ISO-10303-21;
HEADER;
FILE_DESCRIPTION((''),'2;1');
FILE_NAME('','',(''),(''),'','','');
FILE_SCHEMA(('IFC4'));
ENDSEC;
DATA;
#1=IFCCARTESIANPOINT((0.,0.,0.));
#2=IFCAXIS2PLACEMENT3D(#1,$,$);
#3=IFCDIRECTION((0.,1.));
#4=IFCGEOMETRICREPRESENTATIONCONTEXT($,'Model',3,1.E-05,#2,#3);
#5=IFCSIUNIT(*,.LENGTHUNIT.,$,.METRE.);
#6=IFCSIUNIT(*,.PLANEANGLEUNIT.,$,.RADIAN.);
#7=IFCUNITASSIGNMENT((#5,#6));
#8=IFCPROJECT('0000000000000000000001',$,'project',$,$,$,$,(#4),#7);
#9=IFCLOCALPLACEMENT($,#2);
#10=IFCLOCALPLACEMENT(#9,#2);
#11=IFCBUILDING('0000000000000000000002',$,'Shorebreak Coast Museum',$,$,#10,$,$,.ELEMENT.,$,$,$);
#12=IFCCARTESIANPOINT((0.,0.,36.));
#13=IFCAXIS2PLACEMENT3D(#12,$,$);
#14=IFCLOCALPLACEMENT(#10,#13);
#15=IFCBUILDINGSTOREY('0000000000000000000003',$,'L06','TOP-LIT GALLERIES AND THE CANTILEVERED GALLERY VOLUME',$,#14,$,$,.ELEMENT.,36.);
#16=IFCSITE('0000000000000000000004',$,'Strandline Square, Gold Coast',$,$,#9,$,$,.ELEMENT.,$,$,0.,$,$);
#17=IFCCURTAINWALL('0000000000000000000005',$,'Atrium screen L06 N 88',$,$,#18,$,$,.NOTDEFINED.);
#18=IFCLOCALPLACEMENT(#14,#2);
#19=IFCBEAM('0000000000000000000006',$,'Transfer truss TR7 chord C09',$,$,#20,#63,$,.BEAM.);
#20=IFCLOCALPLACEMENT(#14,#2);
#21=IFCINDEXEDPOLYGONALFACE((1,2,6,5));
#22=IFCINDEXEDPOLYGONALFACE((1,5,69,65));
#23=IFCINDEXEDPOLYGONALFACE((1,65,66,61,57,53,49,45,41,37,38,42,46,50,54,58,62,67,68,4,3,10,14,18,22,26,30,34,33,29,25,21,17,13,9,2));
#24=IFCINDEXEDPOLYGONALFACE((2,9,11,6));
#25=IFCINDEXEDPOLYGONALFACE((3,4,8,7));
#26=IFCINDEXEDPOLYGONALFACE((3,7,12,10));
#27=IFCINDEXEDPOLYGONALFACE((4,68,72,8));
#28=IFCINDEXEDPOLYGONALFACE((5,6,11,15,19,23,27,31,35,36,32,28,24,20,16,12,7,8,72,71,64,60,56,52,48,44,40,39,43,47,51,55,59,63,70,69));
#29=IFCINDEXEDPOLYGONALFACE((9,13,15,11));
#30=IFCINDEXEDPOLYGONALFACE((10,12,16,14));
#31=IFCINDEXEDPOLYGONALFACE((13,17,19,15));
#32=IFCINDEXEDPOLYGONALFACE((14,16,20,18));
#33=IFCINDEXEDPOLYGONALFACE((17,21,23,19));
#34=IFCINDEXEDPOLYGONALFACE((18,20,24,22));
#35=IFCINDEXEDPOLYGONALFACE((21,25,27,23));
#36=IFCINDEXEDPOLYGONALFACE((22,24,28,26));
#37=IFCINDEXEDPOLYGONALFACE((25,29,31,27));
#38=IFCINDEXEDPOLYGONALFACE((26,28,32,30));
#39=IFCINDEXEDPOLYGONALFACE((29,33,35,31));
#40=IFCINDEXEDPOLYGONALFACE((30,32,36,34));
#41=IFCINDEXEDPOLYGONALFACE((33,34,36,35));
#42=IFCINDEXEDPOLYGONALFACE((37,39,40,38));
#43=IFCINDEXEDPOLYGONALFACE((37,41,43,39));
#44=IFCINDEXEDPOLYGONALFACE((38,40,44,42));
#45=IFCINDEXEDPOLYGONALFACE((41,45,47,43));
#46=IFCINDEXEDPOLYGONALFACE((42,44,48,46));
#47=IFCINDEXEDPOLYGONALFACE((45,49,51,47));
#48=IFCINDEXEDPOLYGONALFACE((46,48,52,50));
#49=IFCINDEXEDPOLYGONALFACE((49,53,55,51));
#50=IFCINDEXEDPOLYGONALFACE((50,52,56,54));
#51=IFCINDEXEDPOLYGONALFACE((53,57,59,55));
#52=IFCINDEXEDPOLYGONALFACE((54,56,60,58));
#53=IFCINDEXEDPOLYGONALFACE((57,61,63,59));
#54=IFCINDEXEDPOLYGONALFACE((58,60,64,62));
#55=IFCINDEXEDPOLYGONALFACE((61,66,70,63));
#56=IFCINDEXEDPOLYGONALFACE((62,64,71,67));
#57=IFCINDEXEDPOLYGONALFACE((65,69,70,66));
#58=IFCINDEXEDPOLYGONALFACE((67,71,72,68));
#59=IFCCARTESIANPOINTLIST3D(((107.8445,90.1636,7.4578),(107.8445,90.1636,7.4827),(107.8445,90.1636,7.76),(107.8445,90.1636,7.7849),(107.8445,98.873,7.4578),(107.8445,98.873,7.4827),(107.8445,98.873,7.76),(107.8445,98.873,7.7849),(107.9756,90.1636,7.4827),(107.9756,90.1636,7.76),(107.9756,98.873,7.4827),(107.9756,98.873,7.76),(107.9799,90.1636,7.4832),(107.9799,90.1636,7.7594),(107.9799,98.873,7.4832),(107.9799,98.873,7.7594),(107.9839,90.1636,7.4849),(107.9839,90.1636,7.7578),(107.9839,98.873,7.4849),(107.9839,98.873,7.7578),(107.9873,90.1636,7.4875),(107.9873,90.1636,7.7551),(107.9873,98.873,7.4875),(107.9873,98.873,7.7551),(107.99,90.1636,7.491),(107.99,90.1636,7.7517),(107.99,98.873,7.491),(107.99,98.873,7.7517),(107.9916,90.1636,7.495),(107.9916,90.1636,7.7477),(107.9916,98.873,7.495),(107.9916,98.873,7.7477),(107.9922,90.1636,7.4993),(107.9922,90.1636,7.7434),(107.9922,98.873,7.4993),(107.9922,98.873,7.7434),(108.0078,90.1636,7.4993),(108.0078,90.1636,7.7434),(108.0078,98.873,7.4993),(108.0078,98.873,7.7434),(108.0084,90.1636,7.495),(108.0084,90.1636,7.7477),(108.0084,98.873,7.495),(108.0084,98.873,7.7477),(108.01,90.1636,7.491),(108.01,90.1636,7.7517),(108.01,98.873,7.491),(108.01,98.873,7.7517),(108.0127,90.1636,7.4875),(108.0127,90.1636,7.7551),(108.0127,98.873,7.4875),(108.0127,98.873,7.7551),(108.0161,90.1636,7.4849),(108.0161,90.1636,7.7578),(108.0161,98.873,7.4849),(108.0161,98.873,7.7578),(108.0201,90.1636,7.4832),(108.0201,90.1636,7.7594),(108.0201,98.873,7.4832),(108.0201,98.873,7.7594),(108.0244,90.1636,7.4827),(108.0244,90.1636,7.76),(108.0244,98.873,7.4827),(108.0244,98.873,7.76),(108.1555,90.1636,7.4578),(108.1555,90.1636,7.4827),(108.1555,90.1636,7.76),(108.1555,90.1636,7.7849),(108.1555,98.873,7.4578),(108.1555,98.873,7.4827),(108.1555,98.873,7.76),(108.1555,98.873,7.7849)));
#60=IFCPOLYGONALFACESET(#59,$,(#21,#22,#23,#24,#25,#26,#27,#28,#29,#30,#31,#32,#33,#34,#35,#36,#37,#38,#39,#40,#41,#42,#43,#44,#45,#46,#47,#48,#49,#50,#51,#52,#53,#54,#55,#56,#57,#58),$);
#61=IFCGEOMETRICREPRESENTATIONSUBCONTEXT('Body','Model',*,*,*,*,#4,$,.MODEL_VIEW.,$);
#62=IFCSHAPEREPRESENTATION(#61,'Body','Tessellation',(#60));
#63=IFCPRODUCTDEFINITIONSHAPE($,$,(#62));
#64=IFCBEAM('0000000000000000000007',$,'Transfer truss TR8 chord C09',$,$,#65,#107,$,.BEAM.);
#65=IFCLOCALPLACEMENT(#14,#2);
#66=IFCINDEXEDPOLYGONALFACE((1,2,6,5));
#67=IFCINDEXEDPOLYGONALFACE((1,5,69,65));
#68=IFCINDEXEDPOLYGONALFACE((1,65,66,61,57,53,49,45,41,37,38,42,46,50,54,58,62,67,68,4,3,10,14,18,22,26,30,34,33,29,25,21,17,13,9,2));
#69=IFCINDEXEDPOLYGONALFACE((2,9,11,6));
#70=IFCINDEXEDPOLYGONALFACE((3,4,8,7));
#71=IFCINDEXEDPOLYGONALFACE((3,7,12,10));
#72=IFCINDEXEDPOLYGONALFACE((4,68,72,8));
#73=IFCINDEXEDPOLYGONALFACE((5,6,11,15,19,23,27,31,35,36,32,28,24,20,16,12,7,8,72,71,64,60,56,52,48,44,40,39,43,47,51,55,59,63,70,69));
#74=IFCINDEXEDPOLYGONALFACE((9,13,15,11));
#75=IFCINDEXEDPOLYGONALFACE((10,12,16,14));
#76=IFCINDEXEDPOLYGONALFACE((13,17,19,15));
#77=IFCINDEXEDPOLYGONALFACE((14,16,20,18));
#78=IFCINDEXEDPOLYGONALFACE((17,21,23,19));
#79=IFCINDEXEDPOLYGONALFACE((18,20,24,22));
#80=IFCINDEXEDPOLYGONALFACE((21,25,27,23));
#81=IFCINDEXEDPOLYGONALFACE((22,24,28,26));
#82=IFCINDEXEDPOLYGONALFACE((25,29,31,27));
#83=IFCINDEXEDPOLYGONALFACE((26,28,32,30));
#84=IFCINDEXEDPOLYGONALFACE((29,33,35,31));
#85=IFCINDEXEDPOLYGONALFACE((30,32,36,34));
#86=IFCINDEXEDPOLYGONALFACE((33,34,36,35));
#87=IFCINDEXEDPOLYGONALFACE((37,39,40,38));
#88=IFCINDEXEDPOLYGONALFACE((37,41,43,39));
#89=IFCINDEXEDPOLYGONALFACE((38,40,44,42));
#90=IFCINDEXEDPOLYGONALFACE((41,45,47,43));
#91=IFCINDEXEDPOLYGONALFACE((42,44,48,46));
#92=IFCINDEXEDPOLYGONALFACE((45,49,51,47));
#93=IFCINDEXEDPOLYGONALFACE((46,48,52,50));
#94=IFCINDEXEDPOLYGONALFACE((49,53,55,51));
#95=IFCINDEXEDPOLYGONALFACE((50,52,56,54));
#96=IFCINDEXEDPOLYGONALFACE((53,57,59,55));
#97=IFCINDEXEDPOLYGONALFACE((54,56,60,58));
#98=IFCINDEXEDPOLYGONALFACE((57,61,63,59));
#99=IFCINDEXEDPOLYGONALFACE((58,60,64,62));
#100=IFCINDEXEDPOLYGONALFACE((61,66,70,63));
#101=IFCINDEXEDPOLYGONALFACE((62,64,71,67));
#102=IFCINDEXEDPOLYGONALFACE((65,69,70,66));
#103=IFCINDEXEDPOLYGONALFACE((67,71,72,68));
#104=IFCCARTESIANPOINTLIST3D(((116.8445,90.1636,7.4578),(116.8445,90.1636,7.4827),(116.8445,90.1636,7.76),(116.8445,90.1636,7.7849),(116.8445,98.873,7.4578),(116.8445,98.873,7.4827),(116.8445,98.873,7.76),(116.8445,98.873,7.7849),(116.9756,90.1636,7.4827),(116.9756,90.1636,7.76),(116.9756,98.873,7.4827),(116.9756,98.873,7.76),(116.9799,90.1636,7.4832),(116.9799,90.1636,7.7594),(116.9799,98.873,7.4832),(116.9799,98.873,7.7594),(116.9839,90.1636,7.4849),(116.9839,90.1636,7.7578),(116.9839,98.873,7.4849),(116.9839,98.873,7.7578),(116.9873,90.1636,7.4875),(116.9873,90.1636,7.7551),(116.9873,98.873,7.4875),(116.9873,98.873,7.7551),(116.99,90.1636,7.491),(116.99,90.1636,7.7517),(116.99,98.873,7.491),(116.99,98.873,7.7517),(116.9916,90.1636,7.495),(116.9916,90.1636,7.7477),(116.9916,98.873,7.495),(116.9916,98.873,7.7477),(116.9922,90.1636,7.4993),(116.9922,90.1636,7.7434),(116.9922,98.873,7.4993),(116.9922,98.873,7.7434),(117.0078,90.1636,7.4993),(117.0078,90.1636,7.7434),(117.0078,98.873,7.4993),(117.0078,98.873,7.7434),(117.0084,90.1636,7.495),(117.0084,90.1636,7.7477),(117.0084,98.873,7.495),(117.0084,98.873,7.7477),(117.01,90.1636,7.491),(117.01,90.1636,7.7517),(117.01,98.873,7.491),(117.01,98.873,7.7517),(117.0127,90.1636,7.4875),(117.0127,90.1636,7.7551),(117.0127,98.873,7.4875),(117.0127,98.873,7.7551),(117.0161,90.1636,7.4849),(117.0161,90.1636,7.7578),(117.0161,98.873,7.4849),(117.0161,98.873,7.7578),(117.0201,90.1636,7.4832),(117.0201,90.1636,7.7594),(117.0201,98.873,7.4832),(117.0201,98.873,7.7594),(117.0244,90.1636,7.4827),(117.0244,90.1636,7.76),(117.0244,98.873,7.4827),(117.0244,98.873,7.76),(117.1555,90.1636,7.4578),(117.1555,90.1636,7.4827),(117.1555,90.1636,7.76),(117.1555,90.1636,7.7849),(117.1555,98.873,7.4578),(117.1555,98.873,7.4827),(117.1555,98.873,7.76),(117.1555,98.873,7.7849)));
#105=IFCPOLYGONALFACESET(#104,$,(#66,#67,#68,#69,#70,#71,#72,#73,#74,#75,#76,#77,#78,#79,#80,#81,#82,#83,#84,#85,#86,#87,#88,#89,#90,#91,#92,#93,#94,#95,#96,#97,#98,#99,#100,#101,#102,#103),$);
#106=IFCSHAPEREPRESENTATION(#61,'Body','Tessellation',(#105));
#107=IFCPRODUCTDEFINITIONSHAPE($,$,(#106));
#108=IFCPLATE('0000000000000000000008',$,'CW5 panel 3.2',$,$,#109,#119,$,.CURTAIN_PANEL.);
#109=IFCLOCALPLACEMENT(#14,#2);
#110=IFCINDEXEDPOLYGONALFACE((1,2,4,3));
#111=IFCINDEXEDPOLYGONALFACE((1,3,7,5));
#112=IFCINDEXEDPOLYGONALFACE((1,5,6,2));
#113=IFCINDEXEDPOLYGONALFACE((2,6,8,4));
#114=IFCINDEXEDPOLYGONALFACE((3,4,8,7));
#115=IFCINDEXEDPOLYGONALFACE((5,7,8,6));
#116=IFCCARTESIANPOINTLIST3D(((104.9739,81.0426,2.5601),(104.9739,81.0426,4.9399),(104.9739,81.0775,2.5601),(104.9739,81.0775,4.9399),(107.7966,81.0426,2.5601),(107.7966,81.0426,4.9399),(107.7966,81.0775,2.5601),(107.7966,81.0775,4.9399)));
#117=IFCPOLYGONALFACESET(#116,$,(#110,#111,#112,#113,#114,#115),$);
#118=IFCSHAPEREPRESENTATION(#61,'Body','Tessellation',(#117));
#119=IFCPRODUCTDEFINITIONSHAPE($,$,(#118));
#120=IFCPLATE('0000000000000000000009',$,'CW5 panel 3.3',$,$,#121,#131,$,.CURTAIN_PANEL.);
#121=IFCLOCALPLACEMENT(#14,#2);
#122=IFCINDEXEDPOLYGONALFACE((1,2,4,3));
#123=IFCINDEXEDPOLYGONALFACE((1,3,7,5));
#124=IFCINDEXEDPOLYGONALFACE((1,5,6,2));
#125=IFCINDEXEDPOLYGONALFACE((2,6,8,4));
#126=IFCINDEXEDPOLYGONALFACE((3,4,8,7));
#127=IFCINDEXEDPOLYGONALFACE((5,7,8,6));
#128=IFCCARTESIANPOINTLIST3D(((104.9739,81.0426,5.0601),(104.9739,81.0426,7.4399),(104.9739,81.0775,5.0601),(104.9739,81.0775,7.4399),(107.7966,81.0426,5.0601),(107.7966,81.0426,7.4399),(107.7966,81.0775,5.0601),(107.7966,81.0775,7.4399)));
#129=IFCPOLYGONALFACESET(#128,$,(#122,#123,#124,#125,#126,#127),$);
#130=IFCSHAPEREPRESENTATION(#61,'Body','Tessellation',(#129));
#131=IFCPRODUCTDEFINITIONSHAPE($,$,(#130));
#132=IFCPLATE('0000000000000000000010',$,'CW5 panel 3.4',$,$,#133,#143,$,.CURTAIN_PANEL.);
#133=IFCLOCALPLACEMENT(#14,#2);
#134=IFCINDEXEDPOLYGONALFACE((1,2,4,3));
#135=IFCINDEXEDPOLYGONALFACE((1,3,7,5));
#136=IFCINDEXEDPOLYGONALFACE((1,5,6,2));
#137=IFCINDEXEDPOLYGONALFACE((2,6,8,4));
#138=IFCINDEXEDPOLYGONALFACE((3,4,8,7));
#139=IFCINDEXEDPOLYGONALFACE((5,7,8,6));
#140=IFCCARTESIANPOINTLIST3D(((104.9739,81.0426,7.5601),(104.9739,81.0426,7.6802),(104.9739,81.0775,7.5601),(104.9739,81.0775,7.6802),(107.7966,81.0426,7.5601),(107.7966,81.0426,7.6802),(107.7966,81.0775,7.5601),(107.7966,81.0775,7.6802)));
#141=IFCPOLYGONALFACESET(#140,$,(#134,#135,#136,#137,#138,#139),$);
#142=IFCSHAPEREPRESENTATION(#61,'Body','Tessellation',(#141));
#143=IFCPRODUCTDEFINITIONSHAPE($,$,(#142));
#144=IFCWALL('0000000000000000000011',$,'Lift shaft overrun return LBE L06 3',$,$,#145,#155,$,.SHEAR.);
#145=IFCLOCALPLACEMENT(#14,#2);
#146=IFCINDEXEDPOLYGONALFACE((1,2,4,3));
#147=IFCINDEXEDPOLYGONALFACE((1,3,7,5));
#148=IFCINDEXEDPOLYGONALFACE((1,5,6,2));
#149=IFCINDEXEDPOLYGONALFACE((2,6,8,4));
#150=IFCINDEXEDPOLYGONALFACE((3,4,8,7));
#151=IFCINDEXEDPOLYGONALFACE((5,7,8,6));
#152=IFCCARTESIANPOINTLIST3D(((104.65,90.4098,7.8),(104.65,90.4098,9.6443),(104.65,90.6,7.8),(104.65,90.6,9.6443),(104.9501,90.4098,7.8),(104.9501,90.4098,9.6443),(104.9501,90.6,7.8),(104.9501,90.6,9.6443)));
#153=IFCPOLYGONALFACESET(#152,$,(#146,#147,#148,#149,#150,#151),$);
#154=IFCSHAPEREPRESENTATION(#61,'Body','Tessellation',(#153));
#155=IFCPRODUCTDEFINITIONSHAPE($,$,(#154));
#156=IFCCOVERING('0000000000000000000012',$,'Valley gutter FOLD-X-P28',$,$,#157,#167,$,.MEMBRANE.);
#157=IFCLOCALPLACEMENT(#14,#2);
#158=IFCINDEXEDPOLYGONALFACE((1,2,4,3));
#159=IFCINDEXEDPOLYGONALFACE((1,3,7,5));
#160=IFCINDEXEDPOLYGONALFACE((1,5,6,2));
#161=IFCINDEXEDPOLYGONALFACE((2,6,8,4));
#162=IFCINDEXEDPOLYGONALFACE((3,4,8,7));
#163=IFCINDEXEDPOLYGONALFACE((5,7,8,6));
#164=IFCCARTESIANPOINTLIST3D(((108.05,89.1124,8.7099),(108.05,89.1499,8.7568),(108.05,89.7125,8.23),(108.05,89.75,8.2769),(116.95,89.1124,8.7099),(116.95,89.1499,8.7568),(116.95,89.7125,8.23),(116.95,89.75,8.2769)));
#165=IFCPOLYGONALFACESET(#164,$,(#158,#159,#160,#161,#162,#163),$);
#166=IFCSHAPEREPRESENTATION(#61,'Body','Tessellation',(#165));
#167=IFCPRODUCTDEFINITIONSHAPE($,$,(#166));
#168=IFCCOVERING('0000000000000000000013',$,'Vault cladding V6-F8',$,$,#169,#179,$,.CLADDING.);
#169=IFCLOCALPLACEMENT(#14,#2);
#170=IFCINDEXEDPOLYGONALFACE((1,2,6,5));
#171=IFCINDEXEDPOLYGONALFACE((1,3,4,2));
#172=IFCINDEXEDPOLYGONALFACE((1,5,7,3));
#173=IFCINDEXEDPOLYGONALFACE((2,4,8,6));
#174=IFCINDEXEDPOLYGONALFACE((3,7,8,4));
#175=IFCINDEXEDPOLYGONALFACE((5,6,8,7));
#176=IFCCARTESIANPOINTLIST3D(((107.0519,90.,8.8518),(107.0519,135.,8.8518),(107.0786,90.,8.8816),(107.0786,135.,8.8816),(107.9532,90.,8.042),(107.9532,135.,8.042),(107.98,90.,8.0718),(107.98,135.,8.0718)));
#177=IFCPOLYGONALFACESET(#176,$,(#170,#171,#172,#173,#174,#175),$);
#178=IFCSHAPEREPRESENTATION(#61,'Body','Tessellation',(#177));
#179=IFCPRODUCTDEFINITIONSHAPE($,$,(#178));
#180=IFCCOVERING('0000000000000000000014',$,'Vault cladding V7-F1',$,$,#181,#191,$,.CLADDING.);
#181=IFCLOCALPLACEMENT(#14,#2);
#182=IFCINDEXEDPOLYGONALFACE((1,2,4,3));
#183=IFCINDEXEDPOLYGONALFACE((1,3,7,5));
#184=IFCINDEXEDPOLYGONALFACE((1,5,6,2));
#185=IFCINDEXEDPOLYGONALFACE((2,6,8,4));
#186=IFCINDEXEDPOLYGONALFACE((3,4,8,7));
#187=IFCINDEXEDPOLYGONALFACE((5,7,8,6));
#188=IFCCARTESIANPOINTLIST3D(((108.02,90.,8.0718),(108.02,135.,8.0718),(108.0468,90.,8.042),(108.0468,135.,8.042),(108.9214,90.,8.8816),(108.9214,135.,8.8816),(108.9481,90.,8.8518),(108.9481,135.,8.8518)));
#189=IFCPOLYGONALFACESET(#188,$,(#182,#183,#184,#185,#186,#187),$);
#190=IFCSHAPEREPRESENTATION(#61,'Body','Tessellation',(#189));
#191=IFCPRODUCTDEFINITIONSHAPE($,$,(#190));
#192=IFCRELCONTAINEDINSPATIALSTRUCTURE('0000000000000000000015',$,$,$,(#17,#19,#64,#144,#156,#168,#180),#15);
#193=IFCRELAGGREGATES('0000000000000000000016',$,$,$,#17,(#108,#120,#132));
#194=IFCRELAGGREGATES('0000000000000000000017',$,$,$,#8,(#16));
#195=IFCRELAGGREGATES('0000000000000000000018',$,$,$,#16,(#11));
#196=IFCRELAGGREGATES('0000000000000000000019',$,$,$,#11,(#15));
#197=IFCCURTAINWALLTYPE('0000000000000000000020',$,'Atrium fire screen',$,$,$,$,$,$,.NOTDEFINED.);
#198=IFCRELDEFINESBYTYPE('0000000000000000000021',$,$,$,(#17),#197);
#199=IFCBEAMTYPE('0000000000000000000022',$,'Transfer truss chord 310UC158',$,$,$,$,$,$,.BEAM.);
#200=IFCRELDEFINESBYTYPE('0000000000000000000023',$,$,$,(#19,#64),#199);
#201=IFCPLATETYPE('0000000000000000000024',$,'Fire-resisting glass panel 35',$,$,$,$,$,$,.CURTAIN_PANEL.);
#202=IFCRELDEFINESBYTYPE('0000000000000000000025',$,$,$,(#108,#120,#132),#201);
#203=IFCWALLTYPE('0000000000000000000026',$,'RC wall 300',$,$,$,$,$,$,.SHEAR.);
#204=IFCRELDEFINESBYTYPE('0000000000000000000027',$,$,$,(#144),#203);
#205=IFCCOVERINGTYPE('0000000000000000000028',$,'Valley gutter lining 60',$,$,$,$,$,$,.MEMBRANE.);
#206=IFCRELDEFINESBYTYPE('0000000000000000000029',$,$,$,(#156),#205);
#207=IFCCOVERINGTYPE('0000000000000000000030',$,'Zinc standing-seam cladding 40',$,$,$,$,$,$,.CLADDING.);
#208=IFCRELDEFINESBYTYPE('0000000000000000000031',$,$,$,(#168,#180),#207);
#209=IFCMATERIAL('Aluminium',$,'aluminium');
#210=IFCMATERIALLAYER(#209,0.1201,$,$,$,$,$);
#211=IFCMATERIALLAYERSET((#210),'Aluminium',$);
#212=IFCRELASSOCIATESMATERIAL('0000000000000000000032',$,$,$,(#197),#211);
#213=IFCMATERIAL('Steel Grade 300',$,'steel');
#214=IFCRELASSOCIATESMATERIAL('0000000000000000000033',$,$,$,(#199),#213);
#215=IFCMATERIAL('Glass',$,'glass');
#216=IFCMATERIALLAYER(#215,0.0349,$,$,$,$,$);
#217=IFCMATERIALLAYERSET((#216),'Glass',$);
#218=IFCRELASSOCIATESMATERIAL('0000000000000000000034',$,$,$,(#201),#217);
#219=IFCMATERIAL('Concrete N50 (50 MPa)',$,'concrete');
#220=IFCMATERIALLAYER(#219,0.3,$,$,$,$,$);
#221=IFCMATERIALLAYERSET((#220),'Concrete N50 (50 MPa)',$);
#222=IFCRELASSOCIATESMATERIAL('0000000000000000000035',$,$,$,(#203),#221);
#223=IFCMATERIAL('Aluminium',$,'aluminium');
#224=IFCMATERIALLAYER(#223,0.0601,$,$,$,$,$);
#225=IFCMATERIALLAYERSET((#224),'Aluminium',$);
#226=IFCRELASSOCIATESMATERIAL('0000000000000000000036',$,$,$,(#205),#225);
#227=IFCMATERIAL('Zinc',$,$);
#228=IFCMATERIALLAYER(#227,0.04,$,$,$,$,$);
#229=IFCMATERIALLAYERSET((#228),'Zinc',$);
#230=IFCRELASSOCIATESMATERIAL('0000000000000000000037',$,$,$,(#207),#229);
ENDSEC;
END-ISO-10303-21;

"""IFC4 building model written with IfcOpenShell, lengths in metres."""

from ifc_helpers import new_model, si_unit, direction, frame, frame_2d, origin, origin_2d, place, context, subcontext, project, spatial, polyline, rectangle, i_section, outline, extrude, material, layer, layer_set, material_profile, profile_set, type_object, element, aggregate, save


model = new_model("IFC4")

# Units and contexts
model_context = context("Model", 3, precision=1e-05, world=origin(), true_north=direction((0.0, 1.0)))
body_context = subcontext(model_context, "Body", "Model", "MODEL_VIEW")
ifc_project = project(units=[si_unit("LENGTHUNIT", "METRE"), si_unit("PLANEANGLEUNIT", "RADIAN")], contexts=[model_context])

# Site, building, storey
site_placement = place(None, origin())
site = spatial("IfcSite", under=ifc_project, at=site_placement, Name="Strandline Square, Gold Coast", CompositionType="ELEMENT", RefElevation=0.0)
building_placement = place(site_placement, origin())
building = spatial("IfcBuilding", under=site, at=building_placement, Name="Shorebreak Coast Museum", CompositionType="ELEMENT")
storey_placement = place(building_placement, frame((0.0, 0.0, 36.0)))
storey = spatial("IfcBuildingStorey", under=building, at=storey_placement, Name="L06", Description="TOP-LIT GALLERIES AND THE CANTILEVERED GALLERY VOLUME", CompositionType="ELEMENT", Elevation=36.0)

# Curtain wall
ifc_material_1 = material(Name="Aluminium", Category="aluminium")
ifc_layer_1 = layer(ifc_material_1, 0.1201)
ifc_layer_set_1 = layer_set([ifc_layer_1], Name="Aluminium")
curtain_wall_type_1 = type_object("IfcCurtainWallType", Name="Atrium fire screen", PredefinedType="NOTDEFINED", material=ifc_layer_set_1)
curtain_wall_1_placement = place(storey_placement, origin())
curtain_wall_1 = element("IfcCurtainWall", 1, at=curtain_wall_1_placement, inside=storey, type_object=curtain_wall_type_1, Name="Atrium screen L06 N 88", PredefinedType="NOTDEFINED")

# Beams
ifc_material_2 = material(Name="Steel Grade 300", Category="steel")
ifc_material_profile_1 = material_profile(ifc_material_2, i_section(OverallWidth=0.311, OverallDepth=0.3271, WebThickness=0.0156, FlangeThickness=0.0249, FilletRadius=0.0166, at=origin_2d()), Name="310UC158")
ifc_profile_set_1 = profile_set([ifc_material_profile_1], Name="Steel Grade 300")
beam_type_1 = type_object("IfcBeamType", Name="Transfer truss chord 310UC158", PredefinedType="BEAM", material=ifc_profile_set_1)
for number, where, z_axis, x_axis, name in (
    (2, (108.0, 90.1636, 7.6213), (0.0, 1.0, 0.0), (-1.0, 0.0, 0.0), "Transfer truss TR7 chord C09"),
    (3, (117.0, 90.1636, 7.6213), (0.0, 1.0, 0.0), (-1.0, 0.0, 0.0), "Transfer truss TR8 chord C09"),
):
    element("IfcBeam", number, at=place(storey_placement, frame(where, z_axis=z_axis, x_axis=x_axis)), inside=storey, type_object=beam_type_1, Name=name, PredefinedType="BEAM", context=body_context, shape_type="SweptSolid", body=[
        extrude(i_section(OverallWidth=0.311, OverallDepth=0.3271, WebThickness=0.0156, FlangeThickness=0.0249, FilletRadius=0.0166, at=origin_2d()), origin(), (0.0, 0.0, 1.0), 8.7095),
    ])

# Plates
ifc_material_3 = material(Name="Glass", Category="glass")
ifc_layer_2 = layer(ifc_material_3, 0.0349)
ifc_layer_set_2 = layer_set([ifc_layer_2], Name="Glass")
plate_type = type_object("IfcPlateType", Name="Fire-resisting glass panel 35", PredefinedType="CURTAIN_PANEL", material=ifc_layer_set_2)
plate_1_placement = place(storey_placement, frame((106.3853, 81.0601, 2.5601), z_axis=(0.0, 0.0, 1.0), x_axis=(1.0, 0.0, 0.0)))
plate_1 = element("IfcPlate", 4, at=plate_1_placement, type_object=plate_type, Name="CW5 panel 3.2", PredefinedType="CURTAIN_PANEL", context=body_context, shape_type="SweptSolid", body=[
    extrude(rectangle(XDim=2.8228, YDim=0.0349, at=origin_2d()), origin(), (0.0, 0.0, 1.0), 2.3799),
])
plate_2_placement = place(storey_placement, frame((106.3853, 81.0601, 5.0601), z_axis=(0.0, 0.0, 1.0), x_axis=(1.0, 0.0, 0.0)))
plate_2 = element("IfcPlate", 5, at=plate_2_placement, type_object=plate_type, Name="CW5 panel 3.3", PredefinedType="CURTAIN_PANEL", context=body_context, shape_type="SweptSolid", body=[
    extrude(rectangle(XDim=2.8228, YDim=0.0349, at=origin_2d()), origin(), (0.0, 0.0, 1.0), 2.3799),
])
plate_3_placement = place(storey_placement, frame((106.3853, 81.0601, 7.5601), z_axis=(0.0, 0.0, 1.0), x_axis=(1.0, 0.0, 0.0)))
plate_3 = element("IfcPlate", 6, at=plate_3_placement, type_object=plate_type, Name="CW5 panel 3.4", PredefinedType="CURTAIN_PANEL", context=body_context, shape_type="SweptSolid", body=[
    extrude(rectangle(XDim=2.8228, YDim=0.0349, at=origin_2d()), origin(), (0.0, 0.0, 1.0), 0.1201),
])
aggregate(curtain_wall_1, [plate_1, plate_2, plate_3])

# Wall
ifc_material_4 = material(Name="Concrete N50 (50 MPa)", Category="concrete")
ifc_layer_3 = layer(ifc_material_4, 0.3)
ifc_layer_set_3 = layer_set([ifc_layer_3], Name="Concrete N50 (50 MPa)")
wall_type = type_object("IfcWallType", Name="RC wall 300", PredefinedType="SHEAR", material=ifc_layer_set_3)
wall_placement = place(storey_placement, frame((104.8, 90.6001, 7.8), z_axis=(0.0, 0.0, 1.0), x_axis=(0.0, -1.0, 0.0)))
element("IfcWall", 7, at=wall_placement, inside=storey, type_object=wall_type, Name="Lift shaft overrun return LBE L06 3", PredefinedType="SHEAR", context=body_context, shape_type="SweptSolid", body=[
    extrude(rectangle(XDim=0.1902, YDim=0.3, at=frame_2d((0.0952, 0.0))), origin(), (0.0, 0.0, 1.0), 1.8442),
])

# Coverings
ifc_material_5 = material(Name="Aluminium", Category="aluminium")
ifc_layer_4 = layer(ifc_material_5, 0.0601)
ifc_layer_set_4 = layer_set([ifc_layer_4], Name="Aluminium")
covering_type_1 = type_object("IfcCoveringType", Name="Valley gutter lining 60", PredefinedType="MEMBRANE", material=ifc_layer_set_4)
covering_placement = place(storey_placement, frame((108.05, 89.1499, 8.7568), z_axis=(0.0, 0.624618, 0.780931), x_axis=(1.0, 0.0, 0.0)))
element("IfcCovering", 8, at=covering_placement, inside=storey, type_object=covering_type_1, Name="Valley gutter FOLD-X-P28", PredefinedType="MEMBRANE", context=body_context, shape_type="SweptSolid", body=[
    extrude(outline(polyline([(0.0, 0.0), (8.8999, 0.0), (8.8999, 0.7684), (0.0, 0.7684), (0.0, 0.0)])), origin(), (0.0, 0.0, -1.0), 0.0601),
])
ifc_material_6 = material(Name="Zinc")
ifc_layer_5 = layer(ifc_material_6, 0.04)
ifc_layer_set_5 = layer_set([ifc_layer_5], Name="Zinc")
covering_type_2 = type_object("IfcCoveringType", Name="Zinc standing-seam cladding 40", PredefinedType="CLADDING", material=ifc_layer_set_5)
for number, where, z_axis, x_axis, name in (
    (9, (107.0786, 90.0, 8.8816), (0.668319, 0.0, 0.743875), (0.743875, 0.0, -0.668319), "Vault cladding V6-F8"),
    (10, (108.02, 90.0, 8.0718), (-0.668319, 0.0, 0.743875), (0.743875, 0.0, 0.668319), "Vault cladding V7-F1"),
):
    element("IfcCovering", number, at=place(storey_placement, frame(where, z_axis=z_axis, x_axis=x_axis)), inside=storey, type_object=covering_type_2, Name=name, PredefinedType="CLADDING", context=body_context, shape_type="SweptSolid", body=[
        extrude(outline(polyline([(0.0, 0.0), (1.2117, 0.0), (1.2117, 45.0), (0.0, 45.0), (0.0, 0.0)])), origin(), (0.0, 0.0, -1.0), 0.04),
    ])

save(model, "model.ifc")
